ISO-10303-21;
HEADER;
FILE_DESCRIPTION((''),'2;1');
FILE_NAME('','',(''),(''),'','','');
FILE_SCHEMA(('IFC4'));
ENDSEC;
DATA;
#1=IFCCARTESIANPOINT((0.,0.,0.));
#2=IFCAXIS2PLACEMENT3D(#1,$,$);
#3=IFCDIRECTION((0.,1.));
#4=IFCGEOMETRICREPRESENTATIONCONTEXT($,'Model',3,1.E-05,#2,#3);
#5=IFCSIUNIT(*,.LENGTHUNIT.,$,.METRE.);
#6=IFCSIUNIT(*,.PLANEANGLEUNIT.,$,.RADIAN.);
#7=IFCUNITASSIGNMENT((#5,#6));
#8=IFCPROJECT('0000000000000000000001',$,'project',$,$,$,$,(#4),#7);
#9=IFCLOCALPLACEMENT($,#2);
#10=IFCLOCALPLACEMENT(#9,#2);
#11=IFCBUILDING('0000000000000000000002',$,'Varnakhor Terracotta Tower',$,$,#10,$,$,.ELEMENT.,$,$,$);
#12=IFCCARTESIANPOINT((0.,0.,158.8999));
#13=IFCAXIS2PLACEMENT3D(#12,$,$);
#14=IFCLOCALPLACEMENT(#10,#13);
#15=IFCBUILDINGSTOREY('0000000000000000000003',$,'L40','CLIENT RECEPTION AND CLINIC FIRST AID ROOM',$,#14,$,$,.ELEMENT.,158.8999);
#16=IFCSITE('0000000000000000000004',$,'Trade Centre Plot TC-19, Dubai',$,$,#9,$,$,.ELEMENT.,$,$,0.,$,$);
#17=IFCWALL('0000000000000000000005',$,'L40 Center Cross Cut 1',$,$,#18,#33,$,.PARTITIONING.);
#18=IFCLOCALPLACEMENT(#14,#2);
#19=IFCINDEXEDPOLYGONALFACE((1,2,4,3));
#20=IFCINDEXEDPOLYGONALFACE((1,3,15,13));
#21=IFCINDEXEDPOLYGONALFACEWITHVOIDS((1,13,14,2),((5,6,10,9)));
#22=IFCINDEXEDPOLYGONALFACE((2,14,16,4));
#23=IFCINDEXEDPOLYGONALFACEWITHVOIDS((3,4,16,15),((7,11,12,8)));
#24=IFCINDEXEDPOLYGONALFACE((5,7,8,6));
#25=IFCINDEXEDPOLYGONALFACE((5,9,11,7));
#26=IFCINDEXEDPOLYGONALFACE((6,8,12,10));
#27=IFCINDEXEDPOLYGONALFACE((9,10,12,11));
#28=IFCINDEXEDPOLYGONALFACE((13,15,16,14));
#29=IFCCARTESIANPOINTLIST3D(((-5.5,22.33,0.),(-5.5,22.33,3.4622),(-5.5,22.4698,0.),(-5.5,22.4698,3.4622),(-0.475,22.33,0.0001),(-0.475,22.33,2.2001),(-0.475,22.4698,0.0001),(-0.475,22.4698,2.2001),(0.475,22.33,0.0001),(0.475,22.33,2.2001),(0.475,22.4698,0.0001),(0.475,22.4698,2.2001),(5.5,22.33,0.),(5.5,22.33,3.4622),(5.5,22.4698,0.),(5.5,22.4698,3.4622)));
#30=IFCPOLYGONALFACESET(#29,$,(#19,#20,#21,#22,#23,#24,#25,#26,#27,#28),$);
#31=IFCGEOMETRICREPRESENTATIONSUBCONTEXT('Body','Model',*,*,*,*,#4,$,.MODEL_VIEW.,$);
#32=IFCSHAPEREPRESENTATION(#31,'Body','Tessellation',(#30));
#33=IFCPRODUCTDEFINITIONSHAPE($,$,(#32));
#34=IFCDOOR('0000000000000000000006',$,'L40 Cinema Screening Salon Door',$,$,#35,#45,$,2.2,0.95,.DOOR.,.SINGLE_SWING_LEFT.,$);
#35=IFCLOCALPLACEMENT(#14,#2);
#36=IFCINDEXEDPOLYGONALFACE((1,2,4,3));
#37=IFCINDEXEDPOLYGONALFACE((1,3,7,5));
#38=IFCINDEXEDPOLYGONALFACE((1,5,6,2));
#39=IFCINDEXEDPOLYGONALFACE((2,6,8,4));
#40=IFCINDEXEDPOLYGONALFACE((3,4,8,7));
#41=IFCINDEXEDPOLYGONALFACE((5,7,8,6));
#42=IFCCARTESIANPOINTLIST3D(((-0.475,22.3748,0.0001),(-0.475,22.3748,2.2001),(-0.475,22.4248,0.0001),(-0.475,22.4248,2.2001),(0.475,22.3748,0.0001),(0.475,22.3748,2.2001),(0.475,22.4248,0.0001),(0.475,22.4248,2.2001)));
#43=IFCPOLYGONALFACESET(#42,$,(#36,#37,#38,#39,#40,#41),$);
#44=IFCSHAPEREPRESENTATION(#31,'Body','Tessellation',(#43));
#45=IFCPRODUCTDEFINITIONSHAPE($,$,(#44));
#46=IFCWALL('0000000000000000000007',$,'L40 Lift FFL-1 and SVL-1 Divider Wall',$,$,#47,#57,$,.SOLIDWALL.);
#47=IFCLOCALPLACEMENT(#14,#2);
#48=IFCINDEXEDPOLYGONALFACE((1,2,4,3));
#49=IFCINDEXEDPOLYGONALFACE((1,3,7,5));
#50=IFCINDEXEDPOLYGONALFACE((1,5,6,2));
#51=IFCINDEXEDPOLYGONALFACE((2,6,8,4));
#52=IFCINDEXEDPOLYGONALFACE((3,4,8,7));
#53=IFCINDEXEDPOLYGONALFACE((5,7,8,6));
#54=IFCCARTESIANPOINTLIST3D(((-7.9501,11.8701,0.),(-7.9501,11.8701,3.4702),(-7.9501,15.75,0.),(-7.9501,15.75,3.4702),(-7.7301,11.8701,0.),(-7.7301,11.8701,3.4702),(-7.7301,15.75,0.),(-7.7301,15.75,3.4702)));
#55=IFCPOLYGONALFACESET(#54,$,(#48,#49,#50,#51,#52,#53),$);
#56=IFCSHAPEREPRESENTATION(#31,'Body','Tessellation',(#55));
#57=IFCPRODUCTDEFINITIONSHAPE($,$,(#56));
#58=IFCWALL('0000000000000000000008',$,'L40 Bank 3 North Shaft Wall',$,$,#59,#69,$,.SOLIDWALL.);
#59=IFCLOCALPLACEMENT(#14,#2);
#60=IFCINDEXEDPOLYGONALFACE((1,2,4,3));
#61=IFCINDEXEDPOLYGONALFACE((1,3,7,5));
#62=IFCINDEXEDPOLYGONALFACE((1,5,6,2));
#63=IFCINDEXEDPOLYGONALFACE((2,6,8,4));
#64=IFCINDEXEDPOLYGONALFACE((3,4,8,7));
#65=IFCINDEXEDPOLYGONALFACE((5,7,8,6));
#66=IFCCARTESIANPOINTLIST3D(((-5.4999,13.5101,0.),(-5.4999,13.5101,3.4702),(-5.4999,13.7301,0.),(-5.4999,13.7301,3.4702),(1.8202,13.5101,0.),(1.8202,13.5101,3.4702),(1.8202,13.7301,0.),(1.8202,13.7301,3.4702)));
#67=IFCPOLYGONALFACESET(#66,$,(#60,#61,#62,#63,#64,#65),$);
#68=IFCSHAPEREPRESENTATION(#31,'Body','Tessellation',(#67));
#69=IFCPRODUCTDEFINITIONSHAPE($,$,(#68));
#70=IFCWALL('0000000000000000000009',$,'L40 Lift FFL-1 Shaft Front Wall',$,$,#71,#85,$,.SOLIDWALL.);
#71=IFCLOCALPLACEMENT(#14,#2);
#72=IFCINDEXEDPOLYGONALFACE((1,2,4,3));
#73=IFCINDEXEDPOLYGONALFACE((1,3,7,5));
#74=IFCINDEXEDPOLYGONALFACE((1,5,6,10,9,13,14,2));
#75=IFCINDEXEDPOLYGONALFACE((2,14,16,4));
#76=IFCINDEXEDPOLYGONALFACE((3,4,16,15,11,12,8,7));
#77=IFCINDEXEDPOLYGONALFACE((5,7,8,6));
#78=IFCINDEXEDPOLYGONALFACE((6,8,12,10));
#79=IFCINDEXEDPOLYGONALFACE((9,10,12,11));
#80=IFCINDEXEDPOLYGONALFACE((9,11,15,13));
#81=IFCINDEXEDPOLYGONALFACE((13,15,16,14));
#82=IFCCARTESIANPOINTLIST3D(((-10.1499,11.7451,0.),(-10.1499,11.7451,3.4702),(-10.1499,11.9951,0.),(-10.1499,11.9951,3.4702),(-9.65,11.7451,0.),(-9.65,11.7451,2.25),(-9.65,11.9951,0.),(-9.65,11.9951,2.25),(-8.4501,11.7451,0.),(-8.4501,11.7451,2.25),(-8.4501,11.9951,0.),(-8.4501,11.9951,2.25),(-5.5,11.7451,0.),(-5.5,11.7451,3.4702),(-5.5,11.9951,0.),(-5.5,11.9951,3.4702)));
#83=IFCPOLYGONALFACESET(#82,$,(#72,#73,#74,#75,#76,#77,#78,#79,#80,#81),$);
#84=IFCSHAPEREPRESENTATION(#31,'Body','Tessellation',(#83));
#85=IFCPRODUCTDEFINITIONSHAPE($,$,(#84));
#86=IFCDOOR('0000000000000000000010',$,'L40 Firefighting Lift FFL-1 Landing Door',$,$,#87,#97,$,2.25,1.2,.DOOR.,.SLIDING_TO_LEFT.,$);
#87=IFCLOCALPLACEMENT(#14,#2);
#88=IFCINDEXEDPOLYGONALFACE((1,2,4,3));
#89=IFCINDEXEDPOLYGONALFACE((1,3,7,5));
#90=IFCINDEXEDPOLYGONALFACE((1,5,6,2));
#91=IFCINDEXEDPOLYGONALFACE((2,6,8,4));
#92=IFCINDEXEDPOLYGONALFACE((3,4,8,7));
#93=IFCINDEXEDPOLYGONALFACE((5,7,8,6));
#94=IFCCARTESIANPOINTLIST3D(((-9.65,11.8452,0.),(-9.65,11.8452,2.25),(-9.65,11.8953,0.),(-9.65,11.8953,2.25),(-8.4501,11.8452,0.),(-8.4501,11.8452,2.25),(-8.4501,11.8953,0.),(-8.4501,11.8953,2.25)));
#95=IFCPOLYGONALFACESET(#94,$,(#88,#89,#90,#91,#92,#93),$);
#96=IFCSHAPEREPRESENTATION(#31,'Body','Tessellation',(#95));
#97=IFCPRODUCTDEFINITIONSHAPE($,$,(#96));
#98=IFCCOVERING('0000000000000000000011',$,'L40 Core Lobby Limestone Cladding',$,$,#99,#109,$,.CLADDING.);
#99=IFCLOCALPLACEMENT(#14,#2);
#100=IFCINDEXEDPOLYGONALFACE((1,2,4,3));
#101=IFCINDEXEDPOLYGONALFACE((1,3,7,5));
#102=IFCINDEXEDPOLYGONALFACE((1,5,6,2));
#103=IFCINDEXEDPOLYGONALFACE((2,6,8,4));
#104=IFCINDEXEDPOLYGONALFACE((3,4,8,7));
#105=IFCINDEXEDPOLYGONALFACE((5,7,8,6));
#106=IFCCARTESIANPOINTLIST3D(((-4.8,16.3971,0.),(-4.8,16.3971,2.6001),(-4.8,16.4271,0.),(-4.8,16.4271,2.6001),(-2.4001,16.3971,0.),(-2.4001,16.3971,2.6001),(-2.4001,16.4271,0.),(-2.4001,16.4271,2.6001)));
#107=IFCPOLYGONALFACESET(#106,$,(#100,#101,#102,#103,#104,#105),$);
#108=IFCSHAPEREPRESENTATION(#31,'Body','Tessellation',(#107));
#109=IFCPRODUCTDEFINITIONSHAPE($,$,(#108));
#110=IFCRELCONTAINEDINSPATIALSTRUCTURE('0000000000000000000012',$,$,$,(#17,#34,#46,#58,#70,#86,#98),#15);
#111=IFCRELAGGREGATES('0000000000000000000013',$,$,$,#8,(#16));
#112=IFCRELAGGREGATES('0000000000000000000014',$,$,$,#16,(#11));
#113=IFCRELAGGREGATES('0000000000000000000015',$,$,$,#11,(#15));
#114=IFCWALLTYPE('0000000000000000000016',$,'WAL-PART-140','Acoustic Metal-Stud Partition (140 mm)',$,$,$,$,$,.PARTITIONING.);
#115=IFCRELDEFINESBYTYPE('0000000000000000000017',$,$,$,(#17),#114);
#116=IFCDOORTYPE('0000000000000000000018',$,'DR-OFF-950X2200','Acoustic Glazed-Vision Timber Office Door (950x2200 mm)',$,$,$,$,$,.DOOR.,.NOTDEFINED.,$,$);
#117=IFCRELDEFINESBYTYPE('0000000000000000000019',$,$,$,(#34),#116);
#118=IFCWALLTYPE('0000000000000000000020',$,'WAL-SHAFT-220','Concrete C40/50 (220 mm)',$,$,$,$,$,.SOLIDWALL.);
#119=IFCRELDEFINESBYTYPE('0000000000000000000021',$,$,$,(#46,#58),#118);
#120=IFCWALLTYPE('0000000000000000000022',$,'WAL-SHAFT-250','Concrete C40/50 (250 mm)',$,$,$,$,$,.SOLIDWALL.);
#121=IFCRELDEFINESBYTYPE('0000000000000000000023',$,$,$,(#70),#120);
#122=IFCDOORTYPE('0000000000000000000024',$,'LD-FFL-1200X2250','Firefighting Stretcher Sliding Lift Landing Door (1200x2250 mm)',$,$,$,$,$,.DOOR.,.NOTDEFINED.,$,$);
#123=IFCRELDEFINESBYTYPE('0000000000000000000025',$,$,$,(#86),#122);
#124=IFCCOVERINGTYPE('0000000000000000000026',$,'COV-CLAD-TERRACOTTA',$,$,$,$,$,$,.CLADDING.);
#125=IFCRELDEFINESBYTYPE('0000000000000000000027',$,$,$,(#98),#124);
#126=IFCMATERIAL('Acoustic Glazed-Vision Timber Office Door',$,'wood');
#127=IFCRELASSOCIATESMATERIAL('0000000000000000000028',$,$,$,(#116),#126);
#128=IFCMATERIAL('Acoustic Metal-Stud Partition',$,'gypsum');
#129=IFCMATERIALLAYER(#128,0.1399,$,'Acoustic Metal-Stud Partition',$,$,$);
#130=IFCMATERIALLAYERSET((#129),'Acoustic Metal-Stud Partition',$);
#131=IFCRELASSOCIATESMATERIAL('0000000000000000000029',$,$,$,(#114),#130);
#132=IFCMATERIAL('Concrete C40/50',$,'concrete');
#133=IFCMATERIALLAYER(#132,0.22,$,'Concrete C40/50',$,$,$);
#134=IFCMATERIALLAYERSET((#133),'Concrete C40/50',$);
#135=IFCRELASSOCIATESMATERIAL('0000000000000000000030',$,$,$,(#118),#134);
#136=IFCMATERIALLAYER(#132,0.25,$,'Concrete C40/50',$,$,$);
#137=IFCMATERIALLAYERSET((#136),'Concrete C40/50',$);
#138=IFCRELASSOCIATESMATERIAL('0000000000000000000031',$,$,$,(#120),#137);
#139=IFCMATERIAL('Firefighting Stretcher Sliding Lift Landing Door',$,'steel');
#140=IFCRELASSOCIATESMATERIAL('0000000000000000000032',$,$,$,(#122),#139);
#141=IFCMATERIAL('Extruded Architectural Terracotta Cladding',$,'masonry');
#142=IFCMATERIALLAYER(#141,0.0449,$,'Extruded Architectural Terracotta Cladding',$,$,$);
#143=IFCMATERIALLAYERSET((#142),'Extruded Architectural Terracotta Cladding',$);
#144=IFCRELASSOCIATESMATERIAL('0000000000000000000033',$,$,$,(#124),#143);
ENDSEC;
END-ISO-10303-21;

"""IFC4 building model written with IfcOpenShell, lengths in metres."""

from ifc_helpers import new_model, si_unit, direction, frame, frame_2d, origin, origin_2d, place, context, subcontext, project, spatial, rectangle, extrude, source, transform, mapped, material, layer, layer_set, type_object, type_shapes, element, fill, save


model = new_model("IFC4")

# Units and contexts
model_context = context("Model", 3, precision=1e-05, world=origin(), true_north=direction((0.0, 1.0)))
body_context = subcontext(model_context, "Body", "Model", "MODEL_VIEW")
ifc_project = project(units=[si_unit("LENGTHUNIT", "METRE"), si_unit("PLANEANGLEUNIT", "RADIAN")], contexts=[model_context])

# Site, building, storey
site_placement = place(None, origin())
site = spatial("IfcSite", under=ifc_project, at=site_placement, Name="Trade Centre Plot TC-19, Dubai", CompositionType="ELEMENT", RefElevation=0.0)
building_placement = place(site_placement, origin())
building = spatial("IfcBuilding", under=site, at=building_placement, Name="Varnakhor Terracotta Tower", CompositionType="ELEMENT")
storey_placement = place(building_placement, frame((0.0, 0.0, 158.8999)))
storey = spatial("IfcBuildingStorey", under=building, at=storey_placement, Name="L40", Description="CLIENT RECEPTION AND CLINIC FIRST AID ROOM", CompositionType="ELEMENT", Elevation=158.8999)

# Shared definitions
ifc_material_1 = material(Name="Acoustic Glazed-Vision Timber Office Door", Category="wood")
door_type_1 = type_object("IfcDoorType", Name="DR-OFF-950X2200", Description="Acoustic Glazed-Vision Timber Office Door (950x2200 mm)", OperationType="NOTDEFINED", PredefinedType="DOOR", material=ifc_material_1)
shared_shape_1 = source(origin(), body_context, "Body", "SweptSolid", [
    extrude(rectangle(XDim=0.95, YDim=2.2, at=frame_2d((0.4751, 1.1001))), frame((0.0, 0.0249, 0.0), z_axis=(0.0, -1.0, 0.0), x_axis=(1.0, 0.0, 0.0)), (0.0, 0.0, 1.0), 0.05),
])
type_shapes(door_type_1, [shared_shape_1])

# Shared definitions
ifc_material_2 = material(Name="Acoustic Metal-Stud Partition", Category="gypsum")
ifc_layer_1 = layer(ifc_material_2, 0.1399, Name="Acoustic Metal-Stud Partition")
ifc_layer_set_1 = layer_set([ifc_layer_1], Name="Acoustic Metal-Stud Partition")
wall_type_1 = type_object("IfcWallType", Name="WAL-PART-140", Description="Acoustic Metal-Stud Partition (140 mm)", PredefinedType="PARTITIONING", material=ifc_layer_set_1)

# Wall, opening, door
wall_1_placement = place(storey_placement, frame((-5.5, 22.3999, 0.0), z_axis=(0.0, 0.0, 1.0), x_axis=(1.0, 0.0, 0.0)))
wall_1 = element("IfcWall", 1, at=wall_1_placement, inside=storey, type_object=wall_type_1, Name="L40 Center Cross Cut 1", PredefinedType="PARTITIONING", context=body_context, shape_type="SweptSolid", body=[
    extrude(rectangle(XDim=11.0, YDim=0.1399, at=frame_2d((5.5, 0.0))), origin(), (0.0, 0.0, 1.0), 3.4622),
])
opening_1_placement = place(wall_1_placement, frame((5.0249, 0.0, 0.0)))
opening_1 = element("IfcOpeningElement", 2, at=opening_1_placement, cuts=wall_1, PredefinedType="OPENING", context=body_context, shape_type="SweptSolid", body=[
    extrude(rectangle(XDim=0.95, YDim=2.2, at=frame_2d((0.4751, 1.1001))), frame((0.0, 0.0801, 0.0), z_axis=(0.0, -1.0, 0.0), x_axis=(1.0, 0.0, 0.0)), (0.0, 0.0, 1.0), 0.1599),
])
door_1_placement = place(opening_1_placement, origin())
door_1 = element("IfcDoor", 3, at=door_1_placement, inside=storey, type_object=door_type_1, Name="L40 Cinema Screening Salon Door", OperationType="SINGLE_SWING_LEFT", OverallHeight=2.2, OverallWidth=0.95, PredefinedType="DOOR", context=body_context, shape_type="MappedRepresentation", body=[
    mapped(shared_shape_1, transform((0.0, 0.0, 0.0), scale=1.0)),
])
fill(opening_1, door_1)

# Walls
ifc_material_3 = material(Name="Concrete C40/50", Category="concrete")
ifc_layer_2 = layer(ifc_material_3, 0.22, Name="Concrete C40/50")
ifc_layer_set_2 = layer_set([ifc_layer_2], Name="Concrete C40/50")
wall_type_2 = type_object("IfcWallType", Name="WAL-SHAFT-220", Description="Concrete C40/50 (220 mm)", PredefinedType="SOLIDWALL", material=ifc_layer_set_2)
wall_2_placement = place(storey_placement, frame((-7.8401, 11.8701, 0.0), z_axis=(0.0, 0.0, 1.0), x_axis=(0.0, 1.0, 0.0)))
element("IfcWall", 4, at=wall_2_placement, inside=storey, type_object=wall_type_2, Name="L40 Lift FFL-1 and SVL-1 Divider Wall", PredefinedType="SOLIDWALL", context=body_context, shape_type="SweptSolid", body=[
    extrude(rectangle(XDim=3.8799, YDim=0.22, at=frame_2d((1.9399, 0.0))), origin(), (0.0, 0.0, 1.0), 3.4702),
])
wall_3_placement = place(storey_placement, frame((-5.5, 13.6201, 0.0), z_axis=(0.0, 0.0, 1.0), x_axis=(1.0, 0.0, 0.0)))
element("IfcWall", 5, at=wall_3_placement, inside=storey, type_object=wall_type_2, Name="L40 Bank 3 North Shaft Wall", PredefinedType="SOLIDWALL", context=body_context, shape_type="SweptSolid", body=[
    extrude(rectangle(XDim=7.3201, YDim=0.22, at=frame_2d((3.6602, 0.0))), origin(), (0.0, 0.0, 1.0), 3.4702),
])

# Wall, opening, door
ifc_layer_3 = layer(ifc_material_3, 0.25, Name="Concrete C40/50")
ifc_layer_set_3 = layer_set([ifc_layer_3], Name="Concrete C40/50")
wall_type_3 = type_object("IfcWallType", Name="WAL-SHAFT-250", Description="Concrete C40/50 (250 mm)", PredefinedType="SOLIDWALL", material=ifc_layer_set_3)
wall_4_placement = place(storey_placement, frame((-5.5, 11.8701, 0.0), z_axis=(0.0, 0.0, 1.0), x_axis=(-1.0, 0.0, 0.0)))
wall_4 = element("IfcWall", 6, at=wall_4_placement, inside=storey, type_object=wall_type_3, Name="L40 Lift FFL-1 Shaft Front Wall", PredefinedType="SOLIDWALL", context=body_context, shape_type="SweptSolid", body=[
    extrude(rectangle(XDim=4.6499, YDim=0.25, at=frame_2d((2.325, 0.0))), origin(), (0.0, 0.0, 1.0), 3.4702),
])
opening_2_placement = place(wall_4_placement, frame((2.95, 0.0, 0.0)))
opening_2 = element("IfcOpeningElement", 7, at=opening_2_placement, cuts=wall_4, PredefinedType="OPENING", context=body_context, shape_type="SweptSolid", body=[
    extrude(rectangle(XDim=1.2, YDim=2.25, at=frame_2d((0.6001, 1.125))), frame((0.0, 0.135, 0.0), z_axis=(0.0, -1.0, 0.0), x_axis=(1.0, 0.0, 0.0)), (0.0, 0.0, 1.0), 0.27),
])
ifc_material_4 = material(Name="Firefighting Stretcher Sliding Lift Landing Door", Category="steel")
door_type_2 = type_object("IfcDoorType", Name="LD-FFL-1200X2250", Description="Firefighting Stretcher Sliding Lift Landing Door (1200x2250 mm)", OperationType="NOTDEFINED", PredefinedType="DOOR", material=ifc_material_4)
shared_shape_2 = source(origin(), body_context, "Body", "SweptSolid", [
    extrude(rectangle(XDim=1.2, YDim=2.25, at=frame_2d((0.6001, 1.125))), frame((0.0, 0.0249, 0.0), z_axis=(0.0, -1.0, 0.0), x_axis=(1.0, 0.0, 0.0)), (0.0, 0.0, 1.0), 0.05),
])
type_shapes(door_type_2, [shared_shape_2])
door_2_placement = place(opening_2_placement, origin())
door_2 = element("IfcDoor", 8, at=door_2_placement, inside=storey, type_object=door_type_2, Name="L40 Firefighting Lift FFL-1 Landing Door", OperationType="SLIDING_TO_LEFT", OverallHeight=2.25, OverallWidth=1.2, PredefinedType="DOOR", context=body_context, shape_type="MappedRepresentation", body=[
    mapped(shared_shape_2, transform((0.0, 0.0, 0.0), scale=1.0)),
])
fill(opening_2, door_2)

# Covering
ifc_material_5 = material(Name="Extruded Architectural Terracotta Cladding", Category="masonry")
ifc_layer_4 = layer(ifc_material_5, 0.0449, Name="Extruded Architectural Terracotta Cladding")
ifc_layer_set_4 = layer_set([ifc_layer_4], Name="Extruded Architectural Terracotta Cladding")
covering_type = type_object("IfcCoveringType", Name="COV-CLAD-TERRACOTTA", PredefinedType="CLADDING", material=ifc_layer_set_4)
shared_shape_3 = source(origin(), body_context, "Body", "SweptSolid", [
    extrude(rectangle(XDim=2.3999, YDim=0.03, at=origin_2d()), origin(), (0.0, 0.0, 1.0), 2.6001),
])
type_shapes(covering_type, [shared_shape_3])
covering_placement = place(storey_placement, frame((-3.6001, 16.4121, 0.0), z_axis=(0.0, 0.0, 1.0), x_axis=(1.0, 0.0, 0.0)))
element("IfcCovering", 9, at=covering_placement, inside=storey, type_object=covering_type, Name="L40 Core Lobby Limestone Cladding", PredefinedType="CLADDING", context=body_context, shape_type="MappedRepresentation", body=[
    mapped(shared_shape_3, transform((0.0, 0.0, 0.0), scale=1.0)),
])

save(model, "model.ifc")
